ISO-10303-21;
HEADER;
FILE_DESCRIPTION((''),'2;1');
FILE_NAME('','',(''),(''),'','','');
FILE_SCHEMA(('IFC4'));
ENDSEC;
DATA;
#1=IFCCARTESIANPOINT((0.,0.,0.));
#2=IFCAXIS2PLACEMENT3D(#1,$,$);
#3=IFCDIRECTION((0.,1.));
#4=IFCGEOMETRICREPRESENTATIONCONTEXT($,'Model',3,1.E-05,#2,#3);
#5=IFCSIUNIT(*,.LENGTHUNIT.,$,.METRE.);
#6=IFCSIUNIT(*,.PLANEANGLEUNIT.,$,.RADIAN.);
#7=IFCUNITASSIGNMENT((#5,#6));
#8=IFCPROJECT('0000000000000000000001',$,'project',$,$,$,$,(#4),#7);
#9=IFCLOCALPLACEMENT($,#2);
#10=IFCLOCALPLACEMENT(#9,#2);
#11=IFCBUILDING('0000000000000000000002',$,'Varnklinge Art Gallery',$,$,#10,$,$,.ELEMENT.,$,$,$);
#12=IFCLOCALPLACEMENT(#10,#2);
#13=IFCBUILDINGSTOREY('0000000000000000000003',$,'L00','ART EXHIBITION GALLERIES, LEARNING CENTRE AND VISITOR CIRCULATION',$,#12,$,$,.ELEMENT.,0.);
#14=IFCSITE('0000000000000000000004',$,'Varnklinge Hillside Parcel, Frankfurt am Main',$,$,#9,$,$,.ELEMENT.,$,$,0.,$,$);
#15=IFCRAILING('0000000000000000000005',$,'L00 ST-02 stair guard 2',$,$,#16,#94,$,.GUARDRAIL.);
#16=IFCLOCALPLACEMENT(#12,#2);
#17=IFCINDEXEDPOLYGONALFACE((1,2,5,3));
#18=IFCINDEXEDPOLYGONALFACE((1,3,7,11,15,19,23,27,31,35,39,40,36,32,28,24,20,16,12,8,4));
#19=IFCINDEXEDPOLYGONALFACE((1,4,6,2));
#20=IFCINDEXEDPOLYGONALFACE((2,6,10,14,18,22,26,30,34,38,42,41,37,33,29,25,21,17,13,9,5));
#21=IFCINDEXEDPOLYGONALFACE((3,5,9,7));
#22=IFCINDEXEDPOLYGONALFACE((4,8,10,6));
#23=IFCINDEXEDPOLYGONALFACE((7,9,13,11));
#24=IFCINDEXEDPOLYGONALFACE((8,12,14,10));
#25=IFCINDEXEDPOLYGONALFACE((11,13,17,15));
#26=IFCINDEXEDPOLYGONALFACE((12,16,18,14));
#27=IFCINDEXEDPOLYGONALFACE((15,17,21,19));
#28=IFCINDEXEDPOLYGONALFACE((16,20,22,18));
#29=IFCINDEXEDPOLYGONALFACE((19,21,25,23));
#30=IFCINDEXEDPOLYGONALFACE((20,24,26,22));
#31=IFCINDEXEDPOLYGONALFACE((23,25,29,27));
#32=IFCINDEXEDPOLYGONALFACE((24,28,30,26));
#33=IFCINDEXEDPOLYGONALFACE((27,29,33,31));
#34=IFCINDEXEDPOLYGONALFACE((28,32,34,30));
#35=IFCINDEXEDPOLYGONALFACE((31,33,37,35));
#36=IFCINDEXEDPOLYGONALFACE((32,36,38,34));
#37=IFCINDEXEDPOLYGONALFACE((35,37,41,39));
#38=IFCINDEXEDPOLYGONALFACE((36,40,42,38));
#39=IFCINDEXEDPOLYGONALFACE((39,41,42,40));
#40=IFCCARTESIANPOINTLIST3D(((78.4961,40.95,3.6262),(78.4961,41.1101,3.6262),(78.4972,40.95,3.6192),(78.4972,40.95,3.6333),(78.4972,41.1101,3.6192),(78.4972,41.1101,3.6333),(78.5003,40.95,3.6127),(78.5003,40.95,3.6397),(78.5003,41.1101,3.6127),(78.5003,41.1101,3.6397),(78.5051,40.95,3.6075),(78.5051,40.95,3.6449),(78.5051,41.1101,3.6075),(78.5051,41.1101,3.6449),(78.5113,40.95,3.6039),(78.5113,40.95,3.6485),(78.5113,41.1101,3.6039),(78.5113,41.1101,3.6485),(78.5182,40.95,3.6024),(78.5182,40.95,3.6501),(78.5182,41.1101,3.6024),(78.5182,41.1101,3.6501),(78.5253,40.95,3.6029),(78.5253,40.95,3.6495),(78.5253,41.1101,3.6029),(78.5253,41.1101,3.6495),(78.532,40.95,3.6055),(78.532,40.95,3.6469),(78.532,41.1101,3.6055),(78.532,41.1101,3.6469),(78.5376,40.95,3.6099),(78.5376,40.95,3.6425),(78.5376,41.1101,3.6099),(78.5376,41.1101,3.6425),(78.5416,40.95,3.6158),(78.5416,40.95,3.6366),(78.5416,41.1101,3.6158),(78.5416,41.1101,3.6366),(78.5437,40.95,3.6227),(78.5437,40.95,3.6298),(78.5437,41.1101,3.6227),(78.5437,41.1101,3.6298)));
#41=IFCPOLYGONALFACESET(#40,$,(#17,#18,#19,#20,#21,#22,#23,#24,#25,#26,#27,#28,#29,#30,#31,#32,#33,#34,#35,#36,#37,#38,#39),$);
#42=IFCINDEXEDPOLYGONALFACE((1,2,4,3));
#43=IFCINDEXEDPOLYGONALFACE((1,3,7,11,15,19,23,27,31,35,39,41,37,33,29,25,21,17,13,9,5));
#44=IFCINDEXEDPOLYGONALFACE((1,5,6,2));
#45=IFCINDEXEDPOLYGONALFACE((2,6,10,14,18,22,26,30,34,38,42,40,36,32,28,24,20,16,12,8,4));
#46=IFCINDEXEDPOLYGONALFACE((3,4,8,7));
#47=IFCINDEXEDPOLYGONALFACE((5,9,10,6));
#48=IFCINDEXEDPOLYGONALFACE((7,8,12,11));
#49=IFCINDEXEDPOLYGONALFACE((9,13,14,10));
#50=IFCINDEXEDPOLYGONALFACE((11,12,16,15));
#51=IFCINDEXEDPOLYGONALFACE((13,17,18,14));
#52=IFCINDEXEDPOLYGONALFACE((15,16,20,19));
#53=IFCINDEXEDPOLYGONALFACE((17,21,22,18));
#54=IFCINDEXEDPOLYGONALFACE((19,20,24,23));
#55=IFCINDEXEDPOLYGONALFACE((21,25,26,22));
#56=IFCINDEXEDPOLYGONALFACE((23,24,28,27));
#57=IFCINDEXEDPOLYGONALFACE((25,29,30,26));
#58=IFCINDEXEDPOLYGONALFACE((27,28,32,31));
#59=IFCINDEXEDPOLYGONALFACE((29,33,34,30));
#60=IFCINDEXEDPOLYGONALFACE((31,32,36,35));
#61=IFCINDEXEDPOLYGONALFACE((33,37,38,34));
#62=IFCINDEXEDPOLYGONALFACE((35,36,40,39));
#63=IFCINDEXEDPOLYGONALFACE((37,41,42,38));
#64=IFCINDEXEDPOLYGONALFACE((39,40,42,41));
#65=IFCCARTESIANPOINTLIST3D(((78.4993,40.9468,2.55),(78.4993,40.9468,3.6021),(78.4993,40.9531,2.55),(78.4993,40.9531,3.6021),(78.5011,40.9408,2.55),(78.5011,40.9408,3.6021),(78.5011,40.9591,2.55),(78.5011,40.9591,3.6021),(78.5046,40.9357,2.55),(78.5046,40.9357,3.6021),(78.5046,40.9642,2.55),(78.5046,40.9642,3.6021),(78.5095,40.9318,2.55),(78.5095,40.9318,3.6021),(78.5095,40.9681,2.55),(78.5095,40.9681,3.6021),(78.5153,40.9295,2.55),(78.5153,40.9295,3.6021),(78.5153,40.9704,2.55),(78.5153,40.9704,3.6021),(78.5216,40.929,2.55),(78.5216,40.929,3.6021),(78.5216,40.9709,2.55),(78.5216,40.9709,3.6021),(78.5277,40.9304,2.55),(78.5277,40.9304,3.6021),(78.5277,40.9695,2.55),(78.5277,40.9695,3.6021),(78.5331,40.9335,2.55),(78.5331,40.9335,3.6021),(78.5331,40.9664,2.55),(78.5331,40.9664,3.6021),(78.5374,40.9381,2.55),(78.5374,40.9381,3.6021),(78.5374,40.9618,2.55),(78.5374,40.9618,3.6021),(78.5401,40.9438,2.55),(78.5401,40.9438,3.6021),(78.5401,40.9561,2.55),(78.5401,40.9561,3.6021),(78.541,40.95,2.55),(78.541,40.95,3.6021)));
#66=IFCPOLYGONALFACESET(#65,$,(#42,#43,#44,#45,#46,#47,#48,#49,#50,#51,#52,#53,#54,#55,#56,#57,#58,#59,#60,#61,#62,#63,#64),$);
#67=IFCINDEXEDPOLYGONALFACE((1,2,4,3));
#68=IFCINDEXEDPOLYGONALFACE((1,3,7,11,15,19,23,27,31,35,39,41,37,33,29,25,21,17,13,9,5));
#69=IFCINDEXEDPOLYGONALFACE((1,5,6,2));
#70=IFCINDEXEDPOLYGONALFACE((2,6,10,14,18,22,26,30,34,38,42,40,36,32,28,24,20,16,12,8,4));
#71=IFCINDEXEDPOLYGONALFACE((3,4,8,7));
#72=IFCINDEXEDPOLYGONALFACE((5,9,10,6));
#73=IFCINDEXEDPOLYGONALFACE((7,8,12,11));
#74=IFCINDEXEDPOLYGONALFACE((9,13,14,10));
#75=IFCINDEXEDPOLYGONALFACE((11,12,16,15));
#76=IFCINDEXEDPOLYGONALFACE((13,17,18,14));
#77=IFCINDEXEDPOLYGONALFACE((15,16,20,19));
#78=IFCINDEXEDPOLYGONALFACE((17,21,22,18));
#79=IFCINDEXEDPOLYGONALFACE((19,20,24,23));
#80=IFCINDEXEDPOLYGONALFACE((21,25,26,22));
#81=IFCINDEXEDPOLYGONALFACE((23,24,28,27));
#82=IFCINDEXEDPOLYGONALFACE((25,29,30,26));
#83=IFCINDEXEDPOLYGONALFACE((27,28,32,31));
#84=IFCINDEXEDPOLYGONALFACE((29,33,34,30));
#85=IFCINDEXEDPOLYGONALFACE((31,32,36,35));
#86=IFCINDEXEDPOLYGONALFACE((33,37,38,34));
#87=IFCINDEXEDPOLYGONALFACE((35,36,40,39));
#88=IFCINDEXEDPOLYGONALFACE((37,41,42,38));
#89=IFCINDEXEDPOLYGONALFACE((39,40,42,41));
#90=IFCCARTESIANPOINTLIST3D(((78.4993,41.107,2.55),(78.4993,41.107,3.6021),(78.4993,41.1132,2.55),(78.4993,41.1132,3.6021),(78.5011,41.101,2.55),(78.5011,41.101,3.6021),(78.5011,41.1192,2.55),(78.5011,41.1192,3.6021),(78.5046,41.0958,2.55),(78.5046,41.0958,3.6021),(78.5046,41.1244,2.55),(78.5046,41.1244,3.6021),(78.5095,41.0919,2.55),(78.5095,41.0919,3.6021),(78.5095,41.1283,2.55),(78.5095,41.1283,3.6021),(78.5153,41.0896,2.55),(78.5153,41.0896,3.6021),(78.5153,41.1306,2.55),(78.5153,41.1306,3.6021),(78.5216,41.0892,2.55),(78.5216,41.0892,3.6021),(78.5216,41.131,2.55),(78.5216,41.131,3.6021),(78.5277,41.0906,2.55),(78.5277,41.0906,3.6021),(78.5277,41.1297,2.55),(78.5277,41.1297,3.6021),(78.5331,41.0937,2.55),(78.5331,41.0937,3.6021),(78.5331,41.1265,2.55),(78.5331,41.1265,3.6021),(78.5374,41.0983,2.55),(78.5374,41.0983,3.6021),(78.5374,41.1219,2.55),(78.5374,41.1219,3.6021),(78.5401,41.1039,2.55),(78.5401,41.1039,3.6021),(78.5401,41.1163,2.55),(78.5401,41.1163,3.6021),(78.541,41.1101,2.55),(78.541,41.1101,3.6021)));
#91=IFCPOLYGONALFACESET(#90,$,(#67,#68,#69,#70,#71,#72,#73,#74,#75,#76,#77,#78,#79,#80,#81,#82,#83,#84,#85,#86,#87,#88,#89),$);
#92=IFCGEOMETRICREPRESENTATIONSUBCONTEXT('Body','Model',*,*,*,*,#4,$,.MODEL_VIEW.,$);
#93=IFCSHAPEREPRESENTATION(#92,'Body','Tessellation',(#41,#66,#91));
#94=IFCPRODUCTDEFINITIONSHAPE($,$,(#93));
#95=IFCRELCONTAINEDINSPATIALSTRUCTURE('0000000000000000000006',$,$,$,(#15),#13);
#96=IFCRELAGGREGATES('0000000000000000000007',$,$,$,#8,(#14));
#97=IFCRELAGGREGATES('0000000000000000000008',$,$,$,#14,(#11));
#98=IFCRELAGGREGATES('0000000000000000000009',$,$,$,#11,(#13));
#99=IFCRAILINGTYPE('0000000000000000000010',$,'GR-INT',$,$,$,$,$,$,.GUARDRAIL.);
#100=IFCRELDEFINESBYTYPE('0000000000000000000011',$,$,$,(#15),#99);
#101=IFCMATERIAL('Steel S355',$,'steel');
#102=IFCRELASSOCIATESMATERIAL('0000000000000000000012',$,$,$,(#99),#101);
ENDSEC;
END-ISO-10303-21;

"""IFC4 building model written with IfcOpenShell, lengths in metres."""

from ifc_helpers import new_model, si_unit, direction, frame, origin, origin_2d, place, context, subcontext, project, spatial, circle, extrude, material, type_object, element, save


model = new_model("IFC4")

# Units and contexts
model_context = context("Model", 3, precision=1e-05, world=origin(), true_north=direction((0.0, 1.0)))
body_context = subcontext(model_context, "Body", "Model", "MODEL_VIEW")
ifc_project = project(units=[si_unit("LENGTHUNIT", "METRE"), si_unit("PLANEANGLEUNIT", "RADIAN")], contexts=[model_context])

# Site, building, storey
site_placement = place(None, origin())
site = spatial("IfcSite", under=ifc_project, at=site_placement, Name="Varnklinge Hillside Parcel, Frankfurt am Main", CompositionType="ELEMENT", RefElevation=0.0)
building_placement = place(site_placement, origin())
building = spatial("IfcBuilding", under=site, at=building_placement, Name="Varnklinge Art Gallery", CompositionType="ELEMENT")
storey_placement = place(building_placement, origin())
storey = spatial("IfcBuildingStorey", under=building, at=storey_placement, Name="L00", Description="ART EXHIBITION GALLERIES, LEARNING CENTRE AND VISITOR CIRCULATION", CompositionType="ELEMENT", Elevation=0.0)

# Railing
ifc_material_1 = material(Name="Steel S355", Category="steel")
railing_type_1 = type_object("IfcRailingType", Name="GR-INT", PredefinedType="GUARDRAIL", material=ifc_material_1)
railing_1_placement = place(storey_placement, frame((78.52, 40.95, 2.55)))
element("IfcRailing", 1, at=railing_1_placement, inside=storey, type_object=railing_type_1, Name="L00 ST-02 stair guard 2", PredefinedType="GUARDRAIL", context=body_context, shape_type="SweptSolid", body=[
    extrude(circle(Radius=0.0239, at=origin_2d()), frame((0.0, 0.0, 1.0762), z_axis=(0.0, 1.0, 0.0), x_axis=(-1.0, 0.0, 0.0)), (0.0, 0.0, 1.0), 0.1602),
    extrude(circle(Radius=0.021, at=origin_2d()), origin(), (0.0, 0.0, 1.0), 1.052),
    extrude(circle(Radius=0.021, at=origin_2d()), frame((0.0, 0.1602, 0.0)), (0.0, 0.0, 1.0), 1.052),
])

save(model, "model.ifc")
